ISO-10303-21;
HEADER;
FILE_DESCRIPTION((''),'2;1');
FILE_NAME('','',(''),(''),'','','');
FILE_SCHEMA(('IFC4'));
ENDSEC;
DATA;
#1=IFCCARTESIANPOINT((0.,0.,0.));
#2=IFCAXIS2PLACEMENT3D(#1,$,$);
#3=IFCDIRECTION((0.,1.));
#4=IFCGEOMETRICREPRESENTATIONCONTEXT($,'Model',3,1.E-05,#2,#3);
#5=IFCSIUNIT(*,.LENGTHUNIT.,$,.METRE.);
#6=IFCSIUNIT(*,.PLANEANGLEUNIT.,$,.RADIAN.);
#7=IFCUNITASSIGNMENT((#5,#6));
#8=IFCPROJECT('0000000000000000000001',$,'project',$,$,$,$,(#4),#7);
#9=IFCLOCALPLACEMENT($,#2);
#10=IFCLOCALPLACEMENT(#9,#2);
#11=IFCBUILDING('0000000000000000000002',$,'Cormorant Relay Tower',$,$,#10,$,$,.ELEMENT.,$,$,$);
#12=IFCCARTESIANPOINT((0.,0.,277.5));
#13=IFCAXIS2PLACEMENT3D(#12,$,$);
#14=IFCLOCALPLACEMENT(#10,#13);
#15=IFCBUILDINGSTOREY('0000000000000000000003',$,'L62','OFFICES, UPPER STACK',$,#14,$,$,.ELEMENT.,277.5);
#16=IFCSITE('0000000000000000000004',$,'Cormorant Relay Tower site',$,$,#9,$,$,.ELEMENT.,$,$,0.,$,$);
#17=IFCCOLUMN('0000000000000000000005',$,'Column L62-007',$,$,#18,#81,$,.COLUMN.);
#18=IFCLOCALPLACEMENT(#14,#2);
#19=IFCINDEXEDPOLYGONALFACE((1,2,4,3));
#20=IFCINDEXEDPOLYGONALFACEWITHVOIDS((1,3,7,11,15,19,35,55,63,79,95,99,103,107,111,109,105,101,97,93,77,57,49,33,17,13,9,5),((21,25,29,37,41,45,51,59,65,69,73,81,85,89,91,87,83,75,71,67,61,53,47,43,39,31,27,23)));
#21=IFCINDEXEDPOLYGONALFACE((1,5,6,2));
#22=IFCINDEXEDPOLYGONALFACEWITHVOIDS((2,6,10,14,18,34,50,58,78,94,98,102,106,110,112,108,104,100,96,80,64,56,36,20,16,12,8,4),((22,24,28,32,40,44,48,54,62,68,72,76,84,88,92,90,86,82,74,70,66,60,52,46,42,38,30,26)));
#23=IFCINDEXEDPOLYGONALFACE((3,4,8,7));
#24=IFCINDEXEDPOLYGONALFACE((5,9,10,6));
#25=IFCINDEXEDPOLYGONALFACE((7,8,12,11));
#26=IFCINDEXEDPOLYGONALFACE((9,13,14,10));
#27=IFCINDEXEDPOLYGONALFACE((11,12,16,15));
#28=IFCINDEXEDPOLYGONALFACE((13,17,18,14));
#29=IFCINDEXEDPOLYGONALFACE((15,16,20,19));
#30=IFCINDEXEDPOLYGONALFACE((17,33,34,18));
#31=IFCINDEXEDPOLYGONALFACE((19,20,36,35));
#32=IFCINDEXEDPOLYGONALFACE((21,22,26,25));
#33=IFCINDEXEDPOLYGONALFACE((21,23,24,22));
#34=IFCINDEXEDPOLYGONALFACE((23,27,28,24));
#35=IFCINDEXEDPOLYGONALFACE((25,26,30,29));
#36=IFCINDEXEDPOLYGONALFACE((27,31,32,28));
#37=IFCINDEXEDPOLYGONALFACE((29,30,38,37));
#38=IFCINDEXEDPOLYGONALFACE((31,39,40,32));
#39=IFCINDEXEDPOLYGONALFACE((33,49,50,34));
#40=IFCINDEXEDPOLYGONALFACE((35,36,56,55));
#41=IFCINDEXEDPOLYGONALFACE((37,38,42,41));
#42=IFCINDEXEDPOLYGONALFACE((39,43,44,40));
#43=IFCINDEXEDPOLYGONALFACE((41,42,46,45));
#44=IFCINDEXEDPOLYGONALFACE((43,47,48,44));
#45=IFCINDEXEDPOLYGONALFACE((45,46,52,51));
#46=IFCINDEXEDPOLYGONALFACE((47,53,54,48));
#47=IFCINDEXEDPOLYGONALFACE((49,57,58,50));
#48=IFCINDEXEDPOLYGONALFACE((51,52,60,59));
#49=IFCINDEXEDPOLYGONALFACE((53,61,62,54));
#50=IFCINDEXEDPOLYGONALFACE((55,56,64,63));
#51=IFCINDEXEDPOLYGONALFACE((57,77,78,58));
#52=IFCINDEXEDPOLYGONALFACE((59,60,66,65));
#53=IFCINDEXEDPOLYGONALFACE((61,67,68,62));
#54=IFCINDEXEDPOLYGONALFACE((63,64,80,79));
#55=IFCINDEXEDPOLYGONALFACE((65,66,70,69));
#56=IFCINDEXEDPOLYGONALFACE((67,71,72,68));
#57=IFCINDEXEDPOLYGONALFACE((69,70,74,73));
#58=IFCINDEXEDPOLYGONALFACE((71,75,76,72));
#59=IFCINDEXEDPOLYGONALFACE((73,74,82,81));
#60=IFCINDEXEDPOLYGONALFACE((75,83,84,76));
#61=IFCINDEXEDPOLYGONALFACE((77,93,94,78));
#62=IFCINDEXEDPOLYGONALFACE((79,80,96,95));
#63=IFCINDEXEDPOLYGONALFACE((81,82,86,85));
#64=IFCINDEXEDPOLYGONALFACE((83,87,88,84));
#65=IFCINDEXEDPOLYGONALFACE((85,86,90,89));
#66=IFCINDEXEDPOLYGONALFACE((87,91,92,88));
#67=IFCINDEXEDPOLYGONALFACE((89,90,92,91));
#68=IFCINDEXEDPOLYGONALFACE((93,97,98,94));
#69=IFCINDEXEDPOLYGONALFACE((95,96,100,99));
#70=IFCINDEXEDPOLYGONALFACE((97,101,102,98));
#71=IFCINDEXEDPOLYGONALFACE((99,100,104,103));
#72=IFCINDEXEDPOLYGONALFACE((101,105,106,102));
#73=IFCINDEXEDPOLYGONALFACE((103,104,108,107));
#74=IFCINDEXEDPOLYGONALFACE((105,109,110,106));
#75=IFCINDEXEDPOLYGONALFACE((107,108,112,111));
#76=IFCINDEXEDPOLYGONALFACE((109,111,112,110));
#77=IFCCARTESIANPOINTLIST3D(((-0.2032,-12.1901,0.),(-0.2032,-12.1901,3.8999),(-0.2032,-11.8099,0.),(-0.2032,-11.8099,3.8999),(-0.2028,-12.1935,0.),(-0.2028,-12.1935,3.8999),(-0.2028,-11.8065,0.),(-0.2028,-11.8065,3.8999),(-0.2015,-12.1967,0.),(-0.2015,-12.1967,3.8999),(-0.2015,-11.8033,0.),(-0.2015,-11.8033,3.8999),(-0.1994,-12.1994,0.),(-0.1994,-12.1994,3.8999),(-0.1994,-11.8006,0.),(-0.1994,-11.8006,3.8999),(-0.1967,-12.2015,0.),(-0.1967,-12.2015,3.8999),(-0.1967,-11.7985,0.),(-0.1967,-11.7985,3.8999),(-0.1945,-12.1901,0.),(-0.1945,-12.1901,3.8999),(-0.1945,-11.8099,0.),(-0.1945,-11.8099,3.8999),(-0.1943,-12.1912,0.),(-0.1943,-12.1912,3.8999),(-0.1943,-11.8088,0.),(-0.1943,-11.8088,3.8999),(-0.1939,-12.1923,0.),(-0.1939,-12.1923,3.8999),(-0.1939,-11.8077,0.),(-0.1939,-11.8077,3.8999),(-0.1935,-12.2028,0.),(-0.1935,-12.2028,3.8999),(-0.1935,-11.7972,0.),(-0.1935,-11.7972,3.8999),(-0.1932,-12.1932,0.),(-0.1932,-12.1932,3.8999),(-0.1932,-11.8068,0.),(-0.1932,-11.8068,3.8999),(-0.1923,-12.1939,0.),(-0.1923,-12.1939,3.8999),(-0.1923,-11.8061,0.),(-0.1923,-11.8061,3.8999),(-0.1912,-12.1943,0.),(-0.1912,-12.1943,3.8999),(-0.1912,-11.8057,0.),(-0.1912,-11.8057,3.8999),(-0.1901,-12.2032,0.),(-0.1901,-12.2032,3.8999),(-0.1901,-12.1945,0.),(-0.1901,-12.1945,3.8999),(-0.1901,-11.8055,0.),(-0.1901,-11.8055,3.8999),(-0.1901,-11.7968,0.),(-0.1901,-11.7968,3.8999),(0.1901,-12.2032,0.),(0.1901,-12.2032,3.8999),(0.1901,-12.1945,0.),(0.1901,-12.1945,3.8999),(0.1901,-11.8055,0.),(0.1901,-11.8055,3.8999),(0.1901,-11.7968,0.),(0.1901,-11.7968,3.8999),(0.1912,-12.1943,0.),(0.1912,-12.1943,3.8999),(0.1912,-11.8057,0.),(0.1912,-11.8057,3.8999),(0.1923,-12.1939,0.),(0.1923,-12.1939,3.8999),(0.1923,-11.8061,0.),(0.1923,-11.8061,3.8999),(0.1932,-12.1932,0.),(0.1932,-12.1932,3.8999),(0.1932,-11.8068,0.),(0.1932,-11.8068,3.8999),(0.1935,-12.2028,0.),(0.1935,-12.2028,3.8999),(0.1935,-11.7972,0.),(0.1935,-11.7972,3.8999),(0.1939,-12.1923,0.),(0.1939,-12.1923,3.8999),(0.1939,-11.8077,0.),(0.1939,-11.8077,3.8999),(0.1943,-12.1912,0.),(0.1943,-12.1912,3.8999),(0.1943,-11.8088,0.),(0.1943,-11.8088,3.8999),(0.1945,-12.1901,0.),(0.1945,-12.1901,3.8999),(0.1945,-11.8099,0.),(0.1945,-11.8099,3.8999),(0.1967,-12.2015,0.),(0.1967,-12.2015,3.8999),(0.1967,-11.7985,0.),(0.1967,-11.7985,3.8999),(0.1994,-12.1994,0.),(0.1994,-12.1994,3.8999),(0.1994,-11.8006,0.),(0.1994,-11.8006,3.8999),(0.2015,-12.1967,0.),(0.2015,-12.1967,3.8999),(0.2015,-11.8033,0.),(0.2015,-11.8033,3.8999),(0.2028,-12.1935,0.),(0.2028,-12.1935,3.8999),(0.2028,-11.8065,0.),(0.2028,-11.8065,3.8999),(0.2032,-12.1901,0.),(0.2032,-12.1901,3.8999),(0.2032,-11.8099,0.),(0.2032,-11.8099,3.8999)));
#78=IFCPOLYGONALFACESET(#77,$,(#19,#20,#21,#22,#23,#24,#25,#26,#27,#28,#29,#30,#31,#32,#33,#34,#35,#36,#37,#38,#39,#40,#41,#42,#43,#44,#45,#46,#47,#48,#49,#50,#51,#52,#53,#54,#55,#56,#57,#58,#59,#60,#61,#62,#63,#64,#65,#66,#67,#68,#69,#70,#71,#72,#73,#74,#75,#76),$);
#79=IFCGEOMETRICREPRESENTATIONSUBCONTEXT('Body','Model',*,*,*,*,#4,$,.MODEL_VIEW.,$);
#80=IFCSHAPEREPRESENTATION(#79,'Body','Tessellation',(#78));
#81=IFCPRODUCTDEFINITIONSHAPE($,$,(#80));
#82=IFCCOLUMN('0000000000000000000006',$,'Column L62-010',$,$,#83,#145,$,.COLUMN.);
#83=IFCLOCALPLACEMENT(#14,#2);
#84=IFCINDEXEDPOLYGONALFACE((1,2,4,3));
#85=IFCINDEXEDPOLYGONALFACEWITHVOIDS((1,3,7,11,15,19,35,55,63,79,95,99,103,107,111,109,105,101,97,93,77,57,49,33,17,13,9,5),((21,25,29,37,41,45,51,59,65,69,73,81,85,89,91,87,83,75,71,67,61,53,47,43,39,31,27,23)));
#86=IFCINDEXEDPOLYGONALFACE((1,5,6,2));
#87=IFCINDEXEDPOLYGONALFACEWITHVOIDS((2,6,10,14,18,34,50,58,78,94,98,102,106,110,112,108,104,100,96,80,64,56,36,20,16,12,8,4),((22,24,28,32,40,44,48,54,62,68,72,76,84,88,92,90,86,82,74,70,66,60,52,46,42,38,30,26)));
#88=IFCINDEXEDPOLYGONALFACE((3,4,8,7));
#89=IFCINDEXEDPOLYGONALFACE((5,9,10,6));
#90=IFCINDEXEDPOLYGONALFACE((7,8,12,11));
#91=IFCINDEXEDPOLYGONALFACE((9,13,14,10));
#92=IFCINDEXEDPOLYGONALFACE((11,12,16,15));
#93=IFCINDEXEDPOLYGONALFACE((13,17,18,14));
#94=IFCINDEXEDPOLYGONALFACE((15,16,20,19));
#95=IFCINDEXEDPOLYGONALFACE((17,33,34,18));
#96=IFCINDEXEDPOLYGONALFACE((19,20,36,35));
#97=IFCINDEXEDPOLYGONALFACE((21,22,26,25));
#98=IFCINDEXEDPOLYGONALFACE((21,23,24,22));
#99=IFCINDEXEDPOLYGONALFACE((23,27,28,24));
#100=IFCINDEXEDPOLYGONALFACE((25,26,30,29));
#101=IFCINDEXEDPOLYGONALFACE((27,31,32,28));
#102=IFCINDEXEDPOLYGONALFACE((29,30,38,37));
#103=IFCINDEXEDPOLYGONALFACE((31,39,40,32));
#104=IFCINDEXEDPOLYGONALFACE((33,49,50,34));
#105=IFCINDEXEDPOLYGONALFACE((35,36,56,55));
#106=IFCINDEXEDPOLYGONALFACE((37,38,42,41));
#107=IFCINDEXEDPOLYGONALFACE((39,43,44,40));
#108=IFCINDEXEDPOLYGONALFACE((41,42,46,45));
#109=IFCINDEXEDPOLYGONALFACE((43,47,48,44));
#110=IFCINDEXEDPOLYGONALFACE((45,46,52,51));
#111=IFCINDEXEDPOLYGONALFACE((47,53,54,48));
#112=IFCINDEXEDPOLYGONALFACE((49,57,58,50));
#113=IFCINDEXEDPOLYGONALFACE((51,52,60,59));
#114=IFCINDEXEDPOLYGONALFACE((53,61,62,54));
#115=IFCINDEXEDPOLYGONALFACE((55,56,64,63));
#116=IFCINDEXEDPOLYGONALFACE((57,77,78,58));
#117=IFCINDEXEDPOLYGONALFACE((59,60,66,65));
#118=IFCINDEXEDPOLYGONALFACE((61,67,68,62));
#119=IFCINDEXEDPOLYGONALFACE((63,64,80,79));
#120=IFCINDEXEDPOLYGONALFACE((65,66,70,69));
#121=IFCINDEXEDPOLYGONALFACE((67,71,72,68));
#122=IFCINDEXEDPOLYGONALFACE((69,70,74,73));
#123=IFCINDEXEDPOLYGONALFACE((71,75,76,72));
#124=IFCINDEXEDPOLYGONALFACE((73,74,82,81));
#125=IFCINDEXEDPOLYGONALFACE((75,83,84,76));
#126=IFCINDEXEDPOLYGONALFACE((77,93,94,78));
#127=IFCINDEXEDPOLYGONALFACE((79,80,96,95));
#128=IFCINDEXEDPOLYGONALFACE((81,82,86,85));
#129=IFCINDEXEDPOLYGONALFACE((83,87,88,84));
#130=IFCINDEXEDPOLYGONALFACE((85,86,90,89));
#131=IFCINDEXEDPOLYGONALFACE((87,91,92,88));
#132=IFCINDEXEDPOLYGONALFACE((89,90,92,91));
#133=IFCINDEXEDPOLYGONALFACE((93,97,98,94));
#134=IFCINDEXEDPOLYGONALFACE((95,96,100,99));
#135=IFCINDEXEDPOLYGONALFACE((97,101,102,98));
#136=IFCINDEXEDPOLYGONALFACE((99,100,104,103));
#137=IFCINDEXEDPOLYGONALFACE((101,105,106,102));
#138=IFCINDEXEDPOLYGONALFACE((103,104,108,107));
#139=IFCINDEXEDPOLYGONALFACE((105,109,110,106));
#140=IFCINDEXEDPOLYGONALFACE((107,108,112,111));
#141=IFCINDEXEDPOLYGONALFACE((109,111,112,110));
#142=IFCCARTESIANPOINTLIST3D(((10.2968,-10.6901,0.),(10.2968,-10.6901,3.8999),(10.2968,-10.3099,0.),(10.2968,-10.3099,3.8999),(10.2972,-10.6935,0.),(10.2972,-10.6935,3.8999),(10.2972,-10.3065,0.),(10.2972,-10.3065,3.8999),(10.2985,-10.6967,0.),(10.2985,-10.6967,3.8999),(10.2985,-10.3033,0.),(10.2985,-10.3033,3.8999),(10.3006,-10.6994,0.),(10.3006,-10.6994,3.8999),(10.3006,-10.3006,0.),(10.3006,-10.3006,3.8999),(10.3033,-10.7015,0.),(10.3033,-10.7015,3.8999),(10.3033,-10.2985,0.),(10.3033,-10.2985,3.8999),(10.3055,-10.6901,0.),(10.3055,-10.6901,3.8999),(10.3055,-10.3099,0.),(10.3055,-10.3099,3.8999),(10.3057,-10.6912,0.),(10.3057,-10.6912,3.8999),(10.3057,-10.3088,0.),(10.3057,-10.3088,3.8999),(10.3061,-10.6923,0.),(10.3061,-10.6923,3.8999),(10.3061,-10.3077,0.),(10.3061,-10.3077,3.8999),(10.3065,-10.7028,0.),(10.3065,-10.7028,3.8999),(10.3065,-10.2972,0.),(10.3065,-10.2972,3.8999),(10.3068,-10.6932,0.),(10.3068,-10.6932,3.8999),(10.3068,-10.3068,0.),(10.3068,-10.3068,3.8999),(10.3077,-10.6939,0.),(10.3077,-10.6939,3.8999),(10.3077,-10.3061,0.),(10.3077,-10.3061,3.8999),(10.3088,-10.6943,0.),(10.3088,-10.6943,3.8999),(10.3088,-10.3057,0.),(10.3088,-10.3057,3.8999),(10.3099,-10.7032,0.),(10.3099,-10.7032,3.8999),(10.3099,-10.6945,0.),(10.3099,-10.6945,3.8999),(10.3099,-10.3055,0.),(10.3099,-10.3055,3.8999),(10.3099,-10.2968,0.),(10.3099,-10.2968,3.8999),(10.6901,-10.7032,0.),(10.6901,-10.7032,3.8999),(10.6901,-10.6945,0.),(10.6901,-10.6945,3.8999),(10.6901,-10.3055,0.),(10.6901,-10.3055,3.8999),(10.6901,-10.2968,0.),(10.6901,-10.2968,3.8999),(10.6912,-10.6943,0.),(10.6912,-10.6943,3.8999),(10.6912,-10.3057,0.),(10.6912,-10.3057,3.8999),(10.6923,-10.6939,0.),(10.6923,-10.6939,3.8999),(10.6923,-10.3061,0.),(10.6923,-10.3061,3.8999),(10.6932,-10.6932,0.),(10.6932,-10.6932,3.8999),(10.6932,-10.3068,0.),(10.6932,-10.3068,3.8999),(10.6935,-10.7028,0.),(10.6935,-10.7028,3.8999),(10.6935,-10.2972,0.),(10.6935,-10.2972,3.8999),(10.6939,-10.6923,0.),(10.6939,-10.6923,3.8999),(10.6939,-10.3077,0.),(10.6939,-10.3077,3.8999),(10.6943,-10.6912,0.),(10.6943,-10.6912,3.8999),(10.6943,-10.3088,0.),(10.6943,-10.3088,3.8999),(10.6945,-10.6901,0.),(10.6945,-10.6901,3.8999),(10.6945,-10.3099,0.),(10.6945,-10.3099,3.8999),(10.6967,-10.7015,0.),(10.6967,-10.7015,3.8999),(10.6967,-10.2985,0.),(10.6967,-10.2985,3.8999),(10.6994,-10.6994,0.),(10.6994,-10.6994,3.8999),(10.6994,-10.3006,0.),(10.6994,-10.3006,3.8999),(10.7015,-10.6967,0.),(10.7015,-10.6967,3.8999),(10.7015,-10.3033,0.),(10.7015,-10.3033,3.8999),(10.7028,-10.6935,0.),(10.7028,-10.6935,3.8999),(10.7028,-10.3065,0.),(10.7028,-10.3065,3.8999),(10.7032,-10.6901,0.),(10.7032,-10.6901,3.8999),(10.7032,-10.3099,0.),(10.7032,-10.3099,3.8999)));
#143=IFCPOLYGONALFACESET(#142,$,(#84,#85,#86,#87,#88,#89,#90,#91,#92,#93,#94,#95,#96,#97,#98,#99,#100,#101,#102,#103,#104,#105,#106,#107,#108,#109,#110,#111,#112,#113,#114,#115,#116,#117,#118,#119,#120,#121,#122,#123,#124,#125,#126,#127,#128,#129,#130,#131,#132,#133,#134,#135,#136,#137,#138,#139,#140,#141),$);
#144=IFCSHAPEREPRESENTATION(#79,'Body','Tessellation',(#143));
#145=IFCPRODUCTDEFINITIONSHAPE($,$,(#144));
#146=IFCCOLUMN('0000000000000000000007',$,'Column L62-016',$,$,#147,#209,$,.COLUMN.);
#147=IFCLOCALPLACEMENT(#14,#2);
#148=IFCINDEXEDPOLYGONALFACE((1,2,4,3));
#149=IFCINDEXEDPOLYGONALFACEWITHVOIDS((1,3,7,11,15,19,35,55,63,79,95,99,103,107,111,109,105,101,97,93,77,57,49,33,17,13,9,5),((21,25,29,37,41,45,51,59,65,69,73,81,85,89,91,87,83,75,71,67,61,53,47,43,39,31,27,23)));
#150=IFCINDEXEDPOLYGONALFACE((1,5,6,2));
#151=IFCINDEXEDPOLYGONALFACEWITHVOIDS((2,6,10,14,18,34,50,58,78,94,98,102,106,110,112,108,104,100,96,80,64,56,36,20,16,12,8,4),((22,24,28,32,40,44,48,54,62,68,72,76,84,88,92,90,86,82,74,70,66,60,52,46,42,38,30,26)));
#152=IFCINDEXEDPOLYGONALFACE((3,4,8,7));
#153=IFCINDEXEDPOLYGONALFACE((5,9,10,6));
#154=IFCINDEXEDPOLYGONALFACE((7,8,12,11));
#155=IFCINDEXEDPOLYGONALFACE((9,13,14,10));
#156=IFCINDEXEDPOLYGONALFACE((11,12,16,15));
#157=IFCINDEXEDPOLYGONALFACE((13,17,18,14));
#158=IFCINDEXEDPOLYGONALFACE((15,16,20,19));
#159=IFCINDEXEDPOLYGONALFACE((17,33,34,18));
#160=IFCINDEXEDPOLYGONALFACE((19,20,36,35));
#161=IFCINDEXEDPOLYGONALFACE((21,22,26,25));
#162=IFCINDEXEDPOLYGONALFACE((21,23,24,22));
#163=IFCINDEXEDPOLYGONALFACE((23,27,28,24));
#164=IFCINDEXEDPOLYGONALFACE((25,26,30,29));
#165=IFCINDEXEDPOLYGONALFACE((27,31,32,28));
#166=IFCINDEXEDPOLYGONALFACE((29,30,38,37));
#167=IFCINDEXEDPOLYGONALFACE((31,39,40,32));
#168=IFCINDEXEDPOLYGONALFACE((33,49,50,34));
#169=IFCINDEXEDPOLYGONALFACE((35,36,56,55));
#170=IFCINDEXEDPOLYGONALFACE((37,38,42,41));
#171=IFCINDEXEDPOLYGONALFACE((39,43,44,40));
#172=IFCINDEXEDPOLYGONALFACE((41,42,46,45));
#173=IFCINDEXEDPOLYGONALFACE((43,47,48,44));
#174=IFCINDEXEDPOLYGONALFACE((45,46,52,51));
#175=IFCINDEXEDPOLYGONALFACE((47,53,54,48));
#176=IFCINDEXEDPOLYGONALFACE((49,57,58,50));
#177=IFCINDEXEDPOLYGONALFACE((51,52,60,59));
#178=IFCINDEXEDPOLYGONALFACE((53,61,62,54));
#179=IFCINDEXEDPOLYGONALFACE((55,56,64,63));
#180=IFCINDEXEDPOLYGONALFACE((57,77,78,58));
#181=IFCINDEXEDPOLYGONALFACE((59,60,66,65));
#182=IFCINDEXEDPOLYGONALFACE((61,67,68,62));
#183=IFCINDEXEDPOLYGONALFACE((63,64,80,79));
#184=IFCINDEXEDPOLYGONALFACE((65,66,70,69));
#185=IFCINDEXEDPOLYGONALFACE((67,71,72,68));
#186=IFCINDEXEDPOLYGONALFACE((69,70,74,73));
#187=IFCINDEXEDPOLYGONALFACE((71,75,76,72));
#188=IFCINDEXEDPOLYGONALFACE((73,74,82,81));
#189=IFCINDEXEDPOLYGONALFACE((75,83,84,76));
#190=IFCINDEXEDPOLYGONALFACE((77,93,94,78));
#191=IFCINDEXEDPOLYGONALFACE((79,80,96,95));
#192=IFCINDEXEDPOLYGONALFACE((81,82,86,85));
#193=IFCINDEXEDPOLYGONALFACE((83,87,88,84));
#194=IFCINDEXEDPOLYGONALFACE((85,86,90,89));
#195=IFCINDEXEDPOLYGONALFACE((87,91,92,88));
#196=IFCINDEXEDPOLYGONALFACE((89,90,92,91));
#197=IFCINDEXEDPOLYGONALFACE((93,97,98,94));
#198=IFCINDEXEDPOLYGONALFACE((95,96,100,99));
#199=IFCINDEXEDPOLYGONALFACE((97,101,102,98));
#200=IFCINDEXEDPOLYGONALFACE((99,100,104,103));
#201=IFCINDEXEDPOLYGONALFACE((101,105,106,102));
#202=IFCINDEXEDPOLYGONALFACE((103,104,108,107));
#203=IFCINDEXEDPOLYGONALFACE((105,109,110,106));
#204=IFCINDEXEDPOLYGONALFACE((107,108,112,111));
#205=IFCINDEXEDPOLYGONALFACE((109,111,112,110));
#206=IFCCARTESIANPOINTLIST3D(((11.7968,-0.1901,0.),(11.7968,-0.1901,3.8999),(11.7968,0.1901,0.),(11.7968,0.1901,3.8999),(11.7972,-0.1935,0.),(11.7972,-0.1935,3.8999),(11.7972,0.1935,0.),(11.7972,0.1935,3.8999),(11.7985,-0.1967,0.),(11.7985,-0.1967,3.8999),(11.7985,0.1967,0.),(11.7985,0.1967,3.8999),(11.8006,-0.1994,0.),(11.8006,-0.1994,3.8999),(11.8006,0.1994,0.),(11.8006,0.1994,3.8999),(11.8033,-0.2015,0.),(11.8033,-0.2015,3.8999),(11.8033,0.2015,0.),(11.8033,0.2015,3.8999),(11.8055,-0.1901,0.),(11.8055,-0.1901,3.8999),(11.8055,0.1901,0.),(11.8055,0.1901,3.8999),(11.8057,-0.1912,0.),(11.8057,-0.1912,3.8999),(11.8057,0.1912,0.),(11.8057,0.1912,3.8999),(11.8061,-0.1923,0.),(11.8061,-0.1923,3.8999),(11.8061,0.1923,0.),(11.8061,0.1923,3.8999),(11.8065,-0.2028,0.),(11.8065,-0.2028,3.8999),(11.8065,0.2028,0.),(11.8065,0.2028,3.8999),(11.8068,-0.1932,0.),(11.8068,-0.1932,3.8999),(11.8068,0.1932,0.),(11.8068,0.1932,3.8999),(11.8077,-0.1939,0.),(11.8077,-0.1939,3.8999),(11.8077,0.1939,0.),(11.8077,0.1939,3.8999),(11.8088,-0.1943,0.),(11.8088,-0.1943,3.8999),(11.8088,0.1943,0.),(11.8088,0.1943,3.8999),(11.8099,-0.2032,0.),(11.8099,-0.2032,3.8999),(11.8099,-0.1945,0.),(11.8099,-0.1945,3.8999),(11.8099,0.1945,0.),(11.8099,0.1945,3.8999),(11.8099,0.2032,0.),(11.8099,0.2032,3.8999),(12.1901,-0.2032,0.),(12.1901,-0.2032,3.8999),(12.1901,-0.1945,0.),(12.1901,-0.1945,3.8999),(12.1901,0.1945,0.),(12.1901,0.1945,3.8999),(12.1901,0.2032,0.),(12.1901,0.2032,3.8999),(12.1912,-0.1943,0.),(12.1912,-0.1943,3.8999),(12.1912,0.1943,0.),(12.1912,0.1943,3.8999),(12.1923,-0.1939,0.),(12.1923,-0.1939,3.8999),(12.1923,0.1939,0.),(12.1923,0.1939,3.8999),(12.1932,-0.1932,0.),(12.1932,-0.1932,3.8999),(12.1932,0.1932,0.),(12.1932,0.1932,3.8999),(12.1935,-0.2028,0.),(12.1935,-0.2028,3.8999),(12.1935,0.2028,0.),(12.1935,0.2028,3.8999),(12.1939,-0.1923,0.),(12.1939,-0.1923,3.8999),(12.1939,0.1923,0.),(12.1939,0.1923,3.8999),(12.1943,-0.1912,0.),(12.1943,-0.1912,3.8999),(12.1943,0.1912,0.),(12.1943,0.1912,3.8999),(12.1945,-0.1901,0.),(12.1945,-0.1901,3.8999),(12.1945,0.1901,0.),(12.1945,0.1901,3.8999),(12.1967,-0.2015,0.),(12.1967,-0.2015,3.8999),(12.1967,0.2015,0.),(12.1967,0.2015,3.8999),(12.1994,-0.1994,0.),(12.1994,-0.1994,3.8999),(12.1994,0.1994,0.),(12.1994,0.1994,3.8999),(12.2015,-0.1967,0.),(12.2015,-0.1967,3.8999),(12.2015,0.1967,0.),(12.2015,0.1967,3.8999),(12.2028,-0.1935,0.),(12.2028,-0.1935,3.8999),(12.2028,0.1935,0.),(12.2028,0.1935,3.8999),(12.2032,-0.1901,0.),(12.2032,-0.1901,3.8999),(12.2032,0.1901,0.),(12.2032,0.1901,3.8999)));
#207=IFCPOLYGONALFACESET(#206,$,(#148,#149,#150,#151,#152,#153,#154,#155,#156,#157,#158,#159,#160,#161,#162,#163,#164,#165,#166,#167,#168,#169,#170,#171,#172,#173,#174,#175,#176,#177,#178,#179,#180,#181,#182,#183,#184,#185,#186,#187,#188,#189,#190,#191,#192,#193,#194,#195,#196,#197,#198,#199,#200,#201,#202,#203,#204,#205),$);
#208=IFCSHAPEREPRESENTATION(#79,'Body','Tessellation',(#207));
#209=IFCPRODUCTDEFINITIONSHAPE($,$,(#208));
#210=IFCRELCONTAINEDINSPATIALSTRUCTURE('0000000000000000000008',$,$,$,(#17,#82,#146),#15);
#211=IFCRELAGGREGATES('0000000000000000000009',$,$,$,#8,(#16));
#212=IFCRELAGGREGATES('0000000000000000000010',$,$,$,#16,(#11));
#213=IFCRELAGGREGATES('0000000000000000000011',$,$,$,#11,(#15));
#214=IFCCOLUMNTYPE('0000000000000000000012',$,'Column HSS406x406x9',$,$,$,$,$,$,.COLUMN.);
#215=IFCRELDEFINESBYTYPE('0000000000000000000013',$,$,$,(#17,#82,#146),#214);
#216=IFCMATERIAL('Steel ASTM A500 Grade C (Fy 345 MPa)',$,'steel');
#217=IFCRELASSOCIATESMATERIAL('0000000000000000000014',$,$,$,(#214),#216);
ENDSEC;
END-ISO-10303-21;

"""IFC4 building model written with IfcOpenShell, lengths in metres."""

from ifc_helpers import new_model, si_unit, direction, frame, origin, origin_2d, place, context, subcontext, project, spatial, hollow_rectangle, extrude, material, material_profile, profile_set, type_object, element, save


model = new_model("IFC4")

# Units and contexts
model_context = context("Model", 3, precision=1e-05, world=origin(), true_north=direction((0.0, 1.0)))
body_context = subcontext(model_context, "Body", "Model", "MODEL_VIEW")
ifc_project = project(units=[si_unit("LENGTHUNIT", "METRE"), si_unit("PLANEANGLEUNIT", "RADIAN")], contexts=[model_context])

# Site, building, storey
site_placement = place(None, origin())
site = spatial("IfcSite", under=ifc_project, at=site_placement, Name="Cormorant Relay Tower site", CompositionType="ELEMENT", RefElevation=0.0)
building_placement = place(site_placement, origin())
building = spatial("IfcBuilding", under=site, at=building_placement, Name="Cormorant Relay Tower", CompositionType="ELEMENT")
storey_placement = place(building_placement, frame((0.0, 0.0, 277.5)))
storey = spatial("IfcBuildingStorey", under=building, at=storey_placement, Name="L62", Description="OFFICES, UPPER STACK", CompositionType="ELEMENT", Elevation=277.5)

# Columns
ifc_material_1 = material(Name="Steel ASTM A500 Grade C (Fy 345 MPa)", Category="steel")
ifc_material_profile = material_profile(ifc_material_1, hollow_rectangle(XDim=0.4065, YDim=0.4065, WallThickness=0.0088, InnerFilletRadius=0.0044, OuterFilletRadius=0.0132, at=origin_2d()), Name="HSS406x406x9")
ifc_profile_set = profile_set([ifc_material_profile], Name="Steel ASTM A500 Grade C (Fy 345 MPa)")
column_type = type_object("IfcColumnType", Name="Column HSS406x406x9", PredefinedType="COLUMN", material=ifc_profile_set)
for number, where, z_axis, x_axis, name in (
    (1, (0.0, -12.0, 0.0), (0.0, 0.0, 1.0), (1.0, 0.0, 0.0), "Column L62-007"),
    (2, (10.5, -10.5, 0.0), (0.0, 0.0, 1.0), (1.0, 0.0, 0.0), "Column L62-010"),
    (3, (12.0, 0.0, 0.0), (0.0, 0.0, 1.0), (1.0, 0.0, 0.0), "Column L62-016"),
):
    element("IfcColumn", number, at=place(storey_placement, frame(where, z_axis=z_axis, x_axis=x_axis)), inside=storey, type_object=column_type, Name=name, PredefinedType="COLUMN", context=body_context, shape_type="SweptSolid", body=[
        extrude(hollow_rectangle(XDim=0.4065, YDim=0.4065, WallThickness=0.0088, InnerFilletRadius=0.0044, OuterFilletRadius=0.0132, at=origin_2d()), origin(), (0.0, 0.0, 1.0), 3.8999),
    ])

save(model, "model.ifc")
